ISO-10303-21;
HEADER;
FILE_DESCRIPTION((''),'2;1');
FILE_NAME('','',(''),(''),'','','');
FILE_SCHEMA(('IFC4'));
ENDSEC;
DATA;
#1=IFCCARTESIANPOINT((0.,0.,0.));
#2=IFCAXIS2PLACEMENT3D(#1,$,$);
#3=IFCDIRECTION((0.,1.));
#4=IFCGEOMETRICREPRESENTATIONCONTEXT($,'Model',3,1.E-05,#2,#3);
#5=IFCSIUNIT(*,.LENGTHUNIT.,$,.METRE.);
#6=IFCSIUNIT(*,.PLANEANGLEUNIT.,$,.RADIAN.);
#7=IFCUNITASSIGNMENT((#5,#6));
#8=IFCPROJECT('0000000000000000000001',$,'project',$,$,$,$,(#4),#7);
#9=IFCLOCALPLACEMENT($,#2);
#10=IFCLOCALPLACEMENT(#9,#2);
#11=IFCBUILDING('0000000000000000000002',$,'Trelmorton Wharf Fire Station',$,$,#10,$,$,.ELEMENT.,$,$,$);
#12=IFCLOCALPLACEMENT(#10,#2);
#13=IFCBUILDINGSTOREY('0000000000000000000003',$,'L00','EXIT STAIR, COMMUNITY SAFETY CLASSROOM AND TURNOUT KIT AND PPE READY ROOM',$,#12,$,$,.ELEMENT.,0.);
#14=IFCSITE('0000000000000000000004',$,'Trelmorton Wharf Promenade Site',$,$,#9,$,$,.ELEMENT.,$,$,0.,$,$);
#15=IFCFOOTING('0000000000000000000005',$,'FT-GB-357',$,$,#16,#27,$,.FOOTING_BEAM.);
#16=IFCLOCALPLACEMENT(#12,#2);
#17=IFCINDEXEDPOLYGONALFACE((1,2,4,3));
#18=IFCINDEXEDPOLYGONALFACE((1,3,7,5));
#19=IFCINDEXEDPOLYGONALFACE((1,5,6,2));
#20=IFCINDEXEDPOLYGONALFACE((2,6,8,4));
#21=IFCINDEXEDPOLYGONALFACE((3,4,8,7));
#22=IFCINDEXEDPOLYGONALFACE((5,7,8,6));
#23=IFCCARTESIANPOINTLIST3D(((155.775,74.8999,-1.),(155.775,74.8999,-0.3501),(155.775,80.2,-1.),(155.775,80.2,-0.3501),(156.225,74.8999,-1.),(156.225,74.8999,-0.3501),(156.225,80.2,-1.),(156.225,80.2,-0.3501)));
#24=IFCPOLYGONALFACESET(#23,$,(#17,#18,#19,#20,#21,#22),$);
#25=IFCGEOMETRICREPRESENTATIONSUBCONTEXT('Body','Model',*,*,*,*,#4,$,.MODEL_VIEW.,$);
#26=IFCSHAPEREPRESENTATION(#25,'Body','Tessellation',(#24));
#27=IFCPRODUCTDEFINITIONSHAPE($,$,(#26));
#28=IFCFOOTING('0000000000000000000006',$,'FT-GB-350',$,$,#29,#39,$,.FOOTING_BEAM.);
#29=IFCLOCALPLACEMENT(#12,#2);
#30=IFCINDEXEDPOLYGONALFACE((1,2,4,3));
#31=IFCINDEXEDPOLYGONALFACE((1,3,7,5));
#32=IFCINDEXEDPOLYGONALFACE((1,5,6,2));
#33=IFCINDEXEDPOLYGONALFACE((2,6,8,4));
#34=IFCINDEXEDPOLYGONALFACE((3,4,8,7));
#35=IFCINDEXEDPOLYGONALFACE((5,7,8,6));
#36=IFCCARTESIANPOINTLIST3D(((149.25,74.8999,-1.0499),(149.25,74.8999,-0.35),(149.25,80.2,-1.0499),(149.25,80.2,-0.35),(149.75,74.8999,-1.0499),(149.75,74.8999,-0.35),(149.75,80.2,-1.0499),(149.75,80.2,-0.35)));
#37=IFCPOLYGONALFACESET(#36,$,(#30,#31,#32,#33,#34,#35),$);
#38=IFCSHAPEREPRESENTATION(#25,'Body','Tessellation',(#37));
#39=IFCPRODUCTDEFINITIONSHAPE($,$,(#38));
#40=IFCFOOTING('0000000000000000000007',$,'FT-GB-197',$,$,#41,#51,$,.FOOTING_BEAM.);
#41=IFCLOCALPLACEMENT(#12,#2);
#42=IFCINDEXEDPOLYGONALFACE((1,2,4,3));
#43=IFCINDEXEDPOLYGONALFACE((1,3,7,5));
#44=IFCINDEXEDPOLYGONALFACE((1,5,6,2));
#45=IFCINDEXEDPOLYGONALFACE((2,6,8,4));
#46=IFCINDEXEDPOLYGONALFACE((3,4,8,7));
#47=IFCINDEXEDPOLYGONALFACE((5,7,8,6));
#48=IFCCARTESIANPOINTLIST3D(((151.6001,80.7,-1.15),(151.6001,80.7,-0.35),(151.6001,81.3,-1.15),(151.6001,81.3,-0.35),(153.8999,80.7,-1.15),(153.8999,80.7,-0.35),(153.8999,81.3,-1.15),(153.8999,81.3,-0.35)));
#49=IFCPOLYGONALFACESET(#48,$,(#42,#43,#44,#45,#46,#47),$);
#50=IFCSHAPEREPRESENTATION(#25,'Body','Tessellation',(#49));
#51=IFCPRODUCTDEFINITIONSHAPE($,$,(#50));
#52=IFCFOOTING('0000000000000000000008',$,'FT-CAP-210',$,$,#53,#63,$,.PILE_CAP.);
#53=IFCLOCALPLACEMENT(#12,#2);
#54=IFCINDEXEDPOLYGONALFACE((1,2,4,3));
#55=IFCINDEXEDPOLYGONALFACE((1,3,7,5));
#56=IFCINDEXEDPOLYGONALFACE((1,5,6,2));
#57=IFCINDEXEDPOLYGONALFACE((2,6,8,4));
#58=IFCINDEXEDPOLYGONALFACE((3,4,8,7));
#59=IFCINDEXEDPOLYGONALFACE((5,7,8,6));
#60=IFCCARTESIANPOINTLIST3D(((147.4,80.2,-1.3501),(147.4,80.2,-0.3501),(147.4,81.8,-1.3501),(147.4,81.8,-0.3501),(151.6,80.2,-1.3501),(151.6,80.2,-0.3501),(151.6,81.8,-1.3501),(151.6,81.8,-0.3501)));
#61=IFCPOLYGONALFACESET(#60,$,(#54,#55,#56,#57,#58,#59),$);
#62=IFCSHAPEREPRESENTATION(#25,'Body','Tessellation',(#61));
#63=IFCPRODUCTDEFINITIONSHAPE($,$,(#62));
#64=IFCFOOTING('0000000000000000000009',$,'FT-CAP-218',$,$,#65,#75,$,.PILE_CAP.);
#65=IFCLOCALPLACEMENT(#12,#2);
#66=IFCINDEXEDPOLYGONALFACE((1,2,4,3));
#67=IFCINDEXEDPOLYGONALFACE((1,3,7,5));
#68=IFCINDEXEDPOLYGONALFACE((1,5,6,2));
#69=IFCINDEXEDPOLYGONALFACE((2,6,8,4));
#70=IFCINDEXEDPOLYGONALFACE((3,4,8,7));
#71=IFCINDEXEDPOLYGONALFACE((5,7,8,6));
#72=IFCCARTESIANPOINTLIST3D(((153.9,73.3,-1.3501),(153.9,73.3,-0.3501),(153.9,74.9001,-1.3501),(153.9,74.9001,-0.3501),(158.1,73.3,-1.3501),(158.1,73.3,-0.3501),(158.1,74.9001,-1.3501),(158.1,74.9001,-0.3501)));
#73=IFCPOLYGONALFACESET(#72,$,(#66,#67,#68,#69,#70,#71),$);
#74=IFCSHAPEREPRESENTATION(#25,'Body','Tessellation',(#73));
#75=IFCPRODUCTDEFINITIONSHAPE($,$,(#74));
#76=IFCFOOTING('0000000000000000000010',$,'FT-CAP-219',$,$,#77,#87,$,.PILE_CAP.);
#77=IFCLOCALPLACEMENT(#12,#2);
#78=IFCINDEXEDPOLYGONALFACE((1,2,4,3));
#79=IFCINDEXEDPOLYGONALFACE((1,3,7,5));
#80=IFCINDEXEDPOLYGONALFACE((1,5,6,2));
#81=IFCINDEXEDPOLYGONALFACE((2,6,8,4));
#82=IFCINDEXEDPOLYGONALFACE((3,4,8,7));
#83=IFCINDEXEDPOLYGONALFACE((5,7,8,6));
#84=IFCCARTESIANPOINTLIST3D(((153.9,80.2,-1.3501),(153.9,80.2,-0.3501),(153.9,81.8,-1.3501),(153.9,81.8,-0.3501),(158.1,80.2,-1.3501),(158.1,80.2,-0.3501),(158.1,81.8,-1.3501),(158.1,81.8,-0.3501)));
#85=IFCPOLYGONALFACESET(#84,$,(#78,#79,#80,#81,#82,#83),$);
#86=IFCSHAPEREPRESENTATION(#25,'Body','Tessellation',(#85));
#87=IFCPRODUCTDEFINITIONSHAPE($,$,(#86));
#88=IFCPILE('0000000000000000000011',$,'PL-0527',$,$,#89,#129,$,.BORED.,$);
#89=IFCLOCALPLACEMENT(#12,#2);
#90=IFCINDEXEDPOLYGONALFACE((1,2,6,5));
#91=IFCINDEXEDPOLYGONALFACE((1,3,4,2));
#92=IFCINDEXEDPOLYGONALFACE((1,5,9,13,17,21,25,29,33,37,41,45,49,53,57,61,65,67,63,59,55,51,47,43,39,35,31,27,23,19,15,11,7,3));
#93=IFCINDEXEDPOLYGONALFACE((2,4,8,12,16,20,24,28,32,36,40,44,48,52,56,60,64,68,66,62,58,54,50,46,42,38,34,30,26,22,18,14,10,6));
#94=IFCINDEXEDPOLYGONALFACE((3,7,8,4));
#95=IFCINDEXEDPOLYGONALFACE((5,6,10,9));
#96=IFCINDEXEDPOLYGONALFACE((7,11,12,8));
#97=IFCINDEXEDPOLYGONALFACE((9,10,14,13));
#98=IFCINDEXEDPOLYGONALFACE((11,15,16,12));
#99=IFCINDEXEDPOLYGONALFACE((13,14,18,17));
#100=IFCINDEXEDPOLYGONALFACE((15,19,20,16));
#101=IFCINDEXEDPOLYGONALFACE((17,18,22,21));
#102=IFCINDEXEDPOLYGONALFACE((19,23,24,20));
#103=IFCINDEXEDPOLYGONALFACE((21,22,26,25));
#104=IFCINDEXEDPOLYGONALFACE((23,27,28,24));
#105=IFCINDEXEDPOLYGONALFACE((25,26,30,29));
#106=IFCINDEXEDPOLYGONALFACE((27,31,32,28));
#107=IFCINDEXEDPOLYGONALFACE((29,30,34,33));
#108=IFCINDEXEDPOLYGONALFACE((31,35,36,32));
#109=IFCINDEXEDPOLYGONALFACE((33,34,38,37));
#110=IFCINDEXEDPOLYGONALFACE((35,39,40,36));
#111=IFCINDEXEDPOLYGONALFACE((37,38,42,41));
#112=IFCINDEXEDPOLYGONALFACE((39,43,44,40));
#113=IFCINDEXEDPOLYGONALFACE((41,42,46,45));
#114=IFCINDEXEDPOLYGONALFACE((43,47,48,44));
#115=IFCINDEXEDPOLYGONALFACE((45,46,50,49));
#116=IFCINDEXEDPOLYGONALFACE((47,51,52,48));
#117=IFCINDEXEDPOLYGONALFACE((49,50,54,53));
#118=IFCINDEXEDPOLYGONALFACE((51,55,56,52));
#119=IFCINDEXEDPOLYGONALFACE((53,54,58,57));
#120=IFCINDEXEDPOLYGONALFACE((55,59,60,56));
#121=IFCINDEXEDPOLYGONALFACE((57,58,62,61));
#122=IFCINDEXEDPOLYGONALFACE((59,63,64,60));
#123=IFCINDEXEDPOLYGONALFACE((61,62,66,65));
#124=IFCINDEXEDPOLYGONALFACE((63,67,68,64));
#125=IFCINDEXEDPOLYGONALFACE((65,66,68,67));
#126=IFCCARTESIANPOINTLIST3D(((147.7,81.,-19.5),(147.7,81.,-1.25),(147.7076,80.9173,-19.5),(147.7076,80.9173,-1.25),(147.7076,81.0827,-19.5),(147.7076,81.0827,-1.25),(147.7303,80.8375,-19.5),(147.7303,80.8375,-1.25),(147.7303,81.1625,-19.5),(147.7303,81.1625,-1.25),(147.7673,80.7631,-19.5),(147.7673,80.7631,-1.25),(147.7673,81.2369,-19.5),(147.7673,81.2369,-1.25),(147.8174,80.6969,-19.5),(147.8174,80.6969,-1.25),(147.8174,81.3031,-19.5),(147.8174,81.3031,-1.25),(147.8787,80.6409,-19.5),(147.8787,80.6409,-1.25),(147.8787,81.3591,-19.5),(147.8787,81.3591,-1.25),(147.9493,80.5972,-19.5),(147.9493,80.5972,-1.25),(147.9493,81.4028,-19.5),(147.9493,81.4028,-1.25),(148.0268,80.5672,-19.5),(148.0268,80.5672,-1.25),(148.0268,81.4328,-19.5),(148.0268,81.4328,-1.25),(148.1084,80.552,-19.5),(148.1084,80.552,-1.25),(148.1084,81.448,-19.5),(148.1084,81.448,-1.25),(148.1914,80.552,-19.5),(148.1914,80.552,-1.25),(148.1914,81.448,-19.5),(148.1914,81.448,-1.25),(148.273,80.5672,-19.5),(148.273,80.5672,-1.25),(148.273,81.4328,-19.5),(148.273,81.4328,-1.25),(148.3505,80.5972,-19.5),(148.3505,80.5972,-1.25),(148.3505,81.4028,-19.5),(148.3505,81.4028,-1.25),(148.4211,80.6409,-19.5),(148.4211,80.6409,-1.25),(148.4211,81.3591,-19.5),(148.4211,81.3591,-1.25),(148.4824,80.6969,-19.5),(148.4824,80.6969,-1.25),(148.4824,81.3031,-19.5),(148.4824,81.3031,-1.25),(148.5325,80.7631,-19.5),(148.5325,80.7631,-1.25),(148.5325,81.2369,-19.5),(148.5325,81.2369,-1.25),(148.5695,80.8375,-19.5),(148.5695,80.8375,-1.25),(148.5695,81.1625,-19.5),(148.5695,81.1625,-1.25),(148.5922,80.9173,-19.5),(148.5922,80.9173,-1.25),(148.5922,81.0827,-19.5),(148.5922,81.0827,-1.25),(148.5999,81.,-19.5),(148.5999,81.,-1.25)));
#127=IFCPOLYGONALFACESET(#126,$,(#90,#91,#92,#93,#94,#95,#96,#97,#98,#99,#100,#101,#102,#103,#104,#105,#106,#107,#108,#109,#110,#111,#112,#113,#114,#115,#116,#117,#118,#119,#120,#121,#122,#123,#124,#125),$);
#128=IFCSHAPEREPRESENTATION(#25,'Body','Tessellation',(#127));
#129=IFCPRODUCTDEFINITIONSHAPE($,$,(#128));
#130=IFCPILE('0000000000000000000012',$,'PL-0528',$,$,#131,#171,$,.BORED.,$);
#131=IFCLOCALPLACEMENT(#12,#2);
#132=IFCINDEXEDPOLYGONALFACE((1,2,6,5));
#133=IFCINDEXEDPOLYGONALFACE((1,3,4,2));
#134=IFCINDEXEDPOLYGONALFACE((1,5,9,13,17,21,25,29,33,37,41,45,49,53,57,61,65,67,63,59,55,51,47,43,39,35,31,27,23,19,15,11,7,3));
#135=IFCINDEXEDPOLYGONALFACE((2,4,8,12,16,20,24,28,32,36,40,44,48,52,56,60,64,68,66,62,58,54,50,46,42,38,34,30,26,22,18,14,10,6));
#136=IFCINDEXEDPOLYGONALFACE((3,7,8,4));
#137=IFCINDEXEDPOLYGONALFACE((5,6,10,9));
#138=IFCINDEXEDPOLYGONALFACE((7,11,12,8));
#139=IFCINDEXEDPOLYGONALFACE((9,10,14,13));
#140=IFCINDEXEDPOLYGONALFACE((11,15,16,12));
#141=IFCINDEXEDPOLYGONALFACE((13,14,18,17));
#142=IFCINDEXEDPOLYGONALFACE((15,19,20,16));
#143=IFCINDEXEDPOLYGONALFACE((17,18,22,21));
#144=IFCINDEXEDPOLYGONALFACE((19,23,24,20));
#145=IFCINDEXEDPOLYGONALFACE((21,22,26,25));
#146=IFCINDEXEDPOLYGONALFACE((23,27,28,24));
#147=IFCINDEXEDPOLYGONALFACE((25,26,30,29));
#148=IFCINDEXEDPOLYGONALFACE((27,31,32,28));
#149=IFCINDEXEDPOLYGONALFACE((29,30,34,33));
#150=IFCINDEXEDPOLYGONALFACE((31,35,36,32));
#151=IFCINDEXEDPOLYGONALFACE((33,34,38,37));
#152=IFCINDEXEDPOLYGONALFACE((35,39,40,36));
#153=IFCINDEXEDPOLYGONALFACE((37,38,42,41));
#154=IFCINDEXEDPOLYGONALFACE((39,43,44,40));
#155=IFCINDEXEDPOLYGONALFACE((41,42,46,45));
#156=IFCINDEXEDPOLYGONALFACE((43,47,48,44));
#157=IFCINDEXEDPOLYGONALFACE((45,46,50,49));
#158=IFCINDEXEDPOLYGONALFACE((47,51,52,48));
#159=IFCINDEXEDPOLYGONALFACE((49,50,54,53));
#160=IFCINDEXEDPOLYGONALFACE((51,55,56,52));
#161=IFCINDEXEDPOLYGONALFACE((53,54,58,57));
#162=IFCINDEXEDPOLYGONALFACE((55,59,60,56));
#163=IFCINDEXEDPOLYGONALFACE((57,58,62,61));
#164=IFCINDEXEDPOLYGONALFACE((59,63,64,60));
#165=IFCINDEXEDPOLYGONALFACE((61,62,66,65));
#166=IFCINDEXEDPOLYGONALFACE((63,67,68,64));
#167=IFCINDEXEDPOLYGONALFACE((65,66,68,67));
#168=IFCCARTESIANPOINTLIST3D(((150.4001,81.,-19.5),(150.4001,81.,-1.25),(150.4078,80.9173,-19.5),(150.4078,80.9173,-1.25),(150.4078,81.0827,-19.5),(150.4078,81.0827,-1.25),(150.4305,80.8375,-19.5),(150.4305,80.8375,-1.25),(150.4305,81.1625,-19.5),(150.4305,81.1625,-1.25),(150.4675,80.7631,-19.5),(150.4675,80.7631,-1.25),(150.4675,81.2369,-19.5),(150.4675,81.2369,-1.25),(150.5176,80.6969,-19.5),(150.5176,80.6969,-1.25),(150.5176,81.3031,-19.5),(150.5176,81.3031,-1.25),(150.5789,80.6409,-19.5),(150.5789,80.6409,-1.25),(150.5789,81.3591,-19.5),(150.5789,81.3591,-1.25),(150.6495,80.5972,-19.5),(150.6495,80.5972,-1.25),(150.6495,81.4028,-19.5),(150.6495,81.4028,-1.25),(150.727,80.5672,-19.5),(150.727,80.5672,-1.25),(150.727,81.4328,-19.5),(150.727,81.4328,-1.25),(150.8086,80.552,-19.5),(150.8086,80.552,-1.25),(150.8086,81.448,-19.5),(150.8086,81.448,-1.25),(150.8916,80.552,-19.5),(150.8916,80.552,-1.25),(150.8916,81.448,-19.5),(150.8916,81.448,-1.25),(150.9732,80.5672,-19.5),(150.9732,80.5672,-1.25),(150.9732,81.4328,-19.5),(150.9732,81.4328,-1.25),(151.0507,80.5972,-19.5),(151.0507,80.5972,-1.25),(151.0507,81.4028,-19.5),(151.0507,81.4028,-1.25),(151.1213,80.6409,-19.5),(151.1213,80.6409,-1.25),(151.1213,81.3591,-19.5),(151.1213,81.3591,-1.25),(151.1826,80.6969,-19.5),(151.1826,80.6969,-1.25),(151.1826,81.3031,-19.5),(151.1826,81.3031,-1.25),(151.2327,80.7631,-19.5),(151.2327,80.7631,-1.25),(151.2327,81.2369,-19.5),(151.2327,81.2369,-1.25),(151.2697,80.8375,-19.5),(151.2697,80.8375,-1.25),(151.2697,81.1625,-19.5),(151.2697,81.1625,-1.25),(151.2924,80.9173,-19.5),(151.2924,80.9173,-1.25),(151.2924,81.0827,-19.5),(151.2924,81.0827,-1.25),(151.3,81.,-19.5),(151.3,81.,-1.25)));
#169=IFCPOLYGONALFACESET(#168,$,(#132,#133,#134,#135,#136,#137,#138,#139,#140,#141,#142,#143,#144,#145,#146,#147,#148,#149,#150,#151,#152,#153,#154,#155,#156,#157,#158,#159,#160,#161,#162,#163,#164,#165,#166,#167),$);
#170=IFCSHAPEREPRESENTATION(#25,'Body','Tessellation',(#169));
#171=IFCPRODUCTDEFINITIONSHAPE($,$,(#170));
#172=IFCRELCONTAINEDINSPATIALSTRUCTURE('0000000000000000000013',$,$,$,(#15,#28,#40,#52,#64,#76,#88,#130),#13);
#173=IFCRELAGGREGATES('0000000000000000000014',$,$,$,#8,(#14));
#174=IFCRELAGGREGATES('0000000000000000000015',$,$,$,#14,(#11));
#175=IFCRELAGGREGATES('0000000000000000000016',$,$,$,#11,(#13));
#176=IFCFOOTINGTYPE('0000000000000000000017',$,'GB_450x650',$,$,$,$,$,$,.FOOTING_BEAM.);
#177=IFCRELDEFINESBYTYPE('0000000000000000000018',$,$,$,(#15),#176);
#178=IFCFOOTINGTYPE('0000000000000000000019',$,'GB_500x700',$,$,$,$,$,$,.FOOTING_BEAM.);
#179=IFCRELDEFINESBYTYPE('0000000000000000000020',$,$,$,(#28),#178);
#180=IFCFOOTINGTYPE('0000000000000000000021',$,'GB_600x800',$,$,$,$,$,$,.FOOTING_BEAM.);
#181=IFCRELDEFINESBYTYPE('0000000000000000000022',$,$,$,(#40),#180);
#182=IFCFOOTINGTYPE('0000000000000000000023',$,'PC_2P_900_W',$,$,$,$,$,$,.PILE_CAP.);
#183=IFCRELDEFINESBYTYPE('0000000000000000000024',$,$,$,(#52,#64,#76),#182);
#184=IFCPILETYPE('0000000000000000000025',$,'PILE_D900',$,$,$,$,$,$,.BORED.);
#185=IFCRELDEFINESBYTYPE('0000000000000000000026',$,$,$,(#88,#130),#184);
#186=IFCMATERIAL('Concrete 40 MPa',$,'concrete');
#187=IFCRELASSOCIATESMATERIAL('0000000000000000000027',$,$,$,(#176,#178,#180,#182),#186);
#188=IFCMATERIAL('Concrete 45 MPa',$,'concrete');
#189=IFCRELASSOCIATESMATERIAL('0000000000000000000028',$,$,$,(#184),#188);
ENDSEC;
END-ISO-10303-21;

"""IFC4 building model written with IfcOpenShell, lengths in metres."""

from ifc_helpers import new_model, si_unit, direction, frame, origin, origin_2d, place, context, subcontext, project, spatial, rectangle, circle, extrude, material, material_profile, profile_set, type_object, element, save


model = new_model("IFC4")

# Units and contexts
model_context = context("Model", 3, precision=1e-05, world=origin(), true_north=direction((0.0, 1.0)))
body_context = subcontext(model_context, "Body", "Model", "MODEL_VIEW")
ifc_project = project(units=[si_unit("LENGTHUNIT", "METRE"), si_unit("PLANEANGLEUNIT", "RADIAN")], contexts=[model_context])

# Site, building, storey
site_placement = place(None, origin())
site = spatial("IfcSite", under=ifc_project, at=site_placement, Name="Trelmorton Wharf Promenade Site", CompositionType="ELEMENT", RefElevation=0.0)
building_placement = place(site_placement, origin())
building = spatial("IfcBuilding", under=site, at=building_placement, Name="Trelmorton Wharf Fire Station", CompositionType="ELEMENT")
storey_placement = place(building_placement, origin())
storey = spatial("IfcBuildingStorey", under=building, at=storey_placement, Name="L00", Description="EXIT STAIR, COMMUNITY SAFETY CLASSROOM AND TURNOUT KIT AND PPE READY ROOM", CompositionType="ELEMENT", Elevation=0.0)

# Footings
ifc_material_1 = material(Name="Concrete 40 MPa", Category="concrete")
ifc_material_profile_1 = material_profile(ifc_material_1, rectangle(XDim=0.45, YDim=0.6499, at=origin_2d()), Name="RC450x650")
ifc_profile_set_1 = profile_set([ifc_material_profile_1], Name="Concrete 40 MPa")
footing_type_1 = type_object("IfcFootingType", Name="GB_450x650", PredefinedType="FOOTING_BEAM", material=ifc_profile_set_1)
footing_1_placement = place(storey_placement, frame((156.0, 74.8999, -0.675), z_axis=(0.0, 1.0, 0.0), x_axis=(-1.0, 0.0, 0.0)))
element("IfcFooting", 1, at=footing_1_placement, inside=storey, type_object=footing_type_1, Name="FT-GB-357", PredefinedType="FOOTING_BEAM", context=body_context, shape_type="SweptSolid", body=[
    extrude(rectangle(XDim=0.45, YDim=0.6499, at=origin_2d()), origin(), (0.0, 0.0, 1.0), 5.3),
])
ifc_material_profile_2 = material_profile(ifc_material_1, rectangle(XDim=0.5, YDim=0.7, at=origin_2d()), Name="RC500x700")
ifc_profile_set_2 = profile_set([ifc_material_profile_2], Name="Concrete 40 MPa")
footing_type_2 = type_object("IfcFootingType", Name="GB_500x700", PredefinedType="FOOTING_BEAM", material=ifc_profile_set_2)
footing_2_placement = place(storey_placement, frame((149.5, 74.8999, -0.7), z_axis=(0.0, 1.0, 0.0), x_axis=(-1.0, 0.0, 0.0)))
element("IfcFooting", 2, at=footing_2_placement, inside=storey, type_object=footing_type_2, Name="FT-GB-350", PredefinedType="FOOTING_BEAM", context=body_context, shape_type="SweptSolid", body=[
    extrude(rectangle(XDim=0.5, YDim=0.7, at=origin_2d()), origin(), (0.0, 0.0, 1.0), 5.3),
])
ifc_material_profile_3 = material_profile(ifc_material_1, rectangle(XDim=0.6001, YDim=0.8, at=origin_2d()), Name="RC600x800")
ifc_profile_set_3 = profile_set([ifc_material_profile_3], Name="Concrete 40 MPa")
footing_type_3 = type_object("IfcFootingType", Name="GB_600x800", PredefinedType="FOOTING_BEAM", material=ifc_profile_set_3)
footing_3_placement = place(storey_placement, frame((151.6001, 81.0, -0.75), z_axis=(1.0, 0.0, 0.0), x_axis=(0.0, 1.0, 0.0)))
element("IfcFooting", 3, at=footing_3_placement, inside=storey, type_object=footing_type_3, Name="FT-GB-197", PredefinedType="FOOTING_BEAM", context=body_context, shape_type="SweptSolid", body=[
    extrude(rectangle(XDim=0.6001, YDim=0.8, at=origin_2d()), origin(), (0.0, 0.0, 1.0), 2.2998),
])
footing_type_4 = type_object("IfcFootingType", Name="PC_2P_900_W", PredefinedType="PILE_CAP", material=ifc_material_1)
for number, where, z_axis, x_axis, name in (
    (4, (149.5, 81.0, -1.3501), (0.0, 0.0, 1.0), (1.0, 0.0, 0.0), "FT-CAP-210"),
    (5, (156.0, 74.1001, -1.3501), (0.0, 0.0, 1.0), (1.0, 0.0, 0.0), "FT-CAP-218"),
    (6, (156.0, 81.0, -1.3501), (0.0, 0.0, 1.0), (1.0, 0.0, 0.0), "FT-CAP-219"),
):
    element("IfcFooting", number, at=place(storey_placement, frame(where, z_axis=z_axis, x_axis=x_axis)), inside=storey, type_object=footing_type_4, Name=name, PredefinedType="PILE_CAP", context=body_context, shape_type="SweptSolid", body=[
        extrude(rectangle(XDim=4.2, YDim=1.6001, at=origin_2d()), origin(), (0.0, 0.0, 1.0), 1.0),
    ])

# Piles
ifc_material_2 = material(Name="Concrete 45 MPa", Category="concrete")
ifc_material_profile_4 = material_profile(ifc_material_2, circle(Radius=0.45, at=origin_2d()), Name="PILE-D900")
ifc_profile_set_4 = profile_set([ifc_material_profile_4], Name="Concrete 45 MPa")
pile_type = type_object("IfcPileType", Name="PILE_D900", PredefinedType="BORED", material=ifc_profile_set_4)
for number, where, z_axis, x_axis, name in (
    (7, (148.1499, 81.0, -1.25), (0.0, 0.0, -1.0), (1.0, 0.0, 0.0), "PL-0527"),
    (8, (150.8501, 81.0, -1.25), (0.0, 0.0, -1.0), (1.0, 0.0, 0.0), "PL-0528"),
):
    element("IfcPile", number, at=place(storey_placement, frame(where, z_axis=z_axis, x_axis=x_axis)), inside=storey, type_object=pile_type, Name=name, PredefinedType="BORED", context=body_context, shape_type="SweptSolid", body=[
        extrude(circle(Radius=0.45, at=origin_2d()), origin(), (0.0, 0.0, 1.0), 18.25),
    ])

save(model, "model.ifc")
